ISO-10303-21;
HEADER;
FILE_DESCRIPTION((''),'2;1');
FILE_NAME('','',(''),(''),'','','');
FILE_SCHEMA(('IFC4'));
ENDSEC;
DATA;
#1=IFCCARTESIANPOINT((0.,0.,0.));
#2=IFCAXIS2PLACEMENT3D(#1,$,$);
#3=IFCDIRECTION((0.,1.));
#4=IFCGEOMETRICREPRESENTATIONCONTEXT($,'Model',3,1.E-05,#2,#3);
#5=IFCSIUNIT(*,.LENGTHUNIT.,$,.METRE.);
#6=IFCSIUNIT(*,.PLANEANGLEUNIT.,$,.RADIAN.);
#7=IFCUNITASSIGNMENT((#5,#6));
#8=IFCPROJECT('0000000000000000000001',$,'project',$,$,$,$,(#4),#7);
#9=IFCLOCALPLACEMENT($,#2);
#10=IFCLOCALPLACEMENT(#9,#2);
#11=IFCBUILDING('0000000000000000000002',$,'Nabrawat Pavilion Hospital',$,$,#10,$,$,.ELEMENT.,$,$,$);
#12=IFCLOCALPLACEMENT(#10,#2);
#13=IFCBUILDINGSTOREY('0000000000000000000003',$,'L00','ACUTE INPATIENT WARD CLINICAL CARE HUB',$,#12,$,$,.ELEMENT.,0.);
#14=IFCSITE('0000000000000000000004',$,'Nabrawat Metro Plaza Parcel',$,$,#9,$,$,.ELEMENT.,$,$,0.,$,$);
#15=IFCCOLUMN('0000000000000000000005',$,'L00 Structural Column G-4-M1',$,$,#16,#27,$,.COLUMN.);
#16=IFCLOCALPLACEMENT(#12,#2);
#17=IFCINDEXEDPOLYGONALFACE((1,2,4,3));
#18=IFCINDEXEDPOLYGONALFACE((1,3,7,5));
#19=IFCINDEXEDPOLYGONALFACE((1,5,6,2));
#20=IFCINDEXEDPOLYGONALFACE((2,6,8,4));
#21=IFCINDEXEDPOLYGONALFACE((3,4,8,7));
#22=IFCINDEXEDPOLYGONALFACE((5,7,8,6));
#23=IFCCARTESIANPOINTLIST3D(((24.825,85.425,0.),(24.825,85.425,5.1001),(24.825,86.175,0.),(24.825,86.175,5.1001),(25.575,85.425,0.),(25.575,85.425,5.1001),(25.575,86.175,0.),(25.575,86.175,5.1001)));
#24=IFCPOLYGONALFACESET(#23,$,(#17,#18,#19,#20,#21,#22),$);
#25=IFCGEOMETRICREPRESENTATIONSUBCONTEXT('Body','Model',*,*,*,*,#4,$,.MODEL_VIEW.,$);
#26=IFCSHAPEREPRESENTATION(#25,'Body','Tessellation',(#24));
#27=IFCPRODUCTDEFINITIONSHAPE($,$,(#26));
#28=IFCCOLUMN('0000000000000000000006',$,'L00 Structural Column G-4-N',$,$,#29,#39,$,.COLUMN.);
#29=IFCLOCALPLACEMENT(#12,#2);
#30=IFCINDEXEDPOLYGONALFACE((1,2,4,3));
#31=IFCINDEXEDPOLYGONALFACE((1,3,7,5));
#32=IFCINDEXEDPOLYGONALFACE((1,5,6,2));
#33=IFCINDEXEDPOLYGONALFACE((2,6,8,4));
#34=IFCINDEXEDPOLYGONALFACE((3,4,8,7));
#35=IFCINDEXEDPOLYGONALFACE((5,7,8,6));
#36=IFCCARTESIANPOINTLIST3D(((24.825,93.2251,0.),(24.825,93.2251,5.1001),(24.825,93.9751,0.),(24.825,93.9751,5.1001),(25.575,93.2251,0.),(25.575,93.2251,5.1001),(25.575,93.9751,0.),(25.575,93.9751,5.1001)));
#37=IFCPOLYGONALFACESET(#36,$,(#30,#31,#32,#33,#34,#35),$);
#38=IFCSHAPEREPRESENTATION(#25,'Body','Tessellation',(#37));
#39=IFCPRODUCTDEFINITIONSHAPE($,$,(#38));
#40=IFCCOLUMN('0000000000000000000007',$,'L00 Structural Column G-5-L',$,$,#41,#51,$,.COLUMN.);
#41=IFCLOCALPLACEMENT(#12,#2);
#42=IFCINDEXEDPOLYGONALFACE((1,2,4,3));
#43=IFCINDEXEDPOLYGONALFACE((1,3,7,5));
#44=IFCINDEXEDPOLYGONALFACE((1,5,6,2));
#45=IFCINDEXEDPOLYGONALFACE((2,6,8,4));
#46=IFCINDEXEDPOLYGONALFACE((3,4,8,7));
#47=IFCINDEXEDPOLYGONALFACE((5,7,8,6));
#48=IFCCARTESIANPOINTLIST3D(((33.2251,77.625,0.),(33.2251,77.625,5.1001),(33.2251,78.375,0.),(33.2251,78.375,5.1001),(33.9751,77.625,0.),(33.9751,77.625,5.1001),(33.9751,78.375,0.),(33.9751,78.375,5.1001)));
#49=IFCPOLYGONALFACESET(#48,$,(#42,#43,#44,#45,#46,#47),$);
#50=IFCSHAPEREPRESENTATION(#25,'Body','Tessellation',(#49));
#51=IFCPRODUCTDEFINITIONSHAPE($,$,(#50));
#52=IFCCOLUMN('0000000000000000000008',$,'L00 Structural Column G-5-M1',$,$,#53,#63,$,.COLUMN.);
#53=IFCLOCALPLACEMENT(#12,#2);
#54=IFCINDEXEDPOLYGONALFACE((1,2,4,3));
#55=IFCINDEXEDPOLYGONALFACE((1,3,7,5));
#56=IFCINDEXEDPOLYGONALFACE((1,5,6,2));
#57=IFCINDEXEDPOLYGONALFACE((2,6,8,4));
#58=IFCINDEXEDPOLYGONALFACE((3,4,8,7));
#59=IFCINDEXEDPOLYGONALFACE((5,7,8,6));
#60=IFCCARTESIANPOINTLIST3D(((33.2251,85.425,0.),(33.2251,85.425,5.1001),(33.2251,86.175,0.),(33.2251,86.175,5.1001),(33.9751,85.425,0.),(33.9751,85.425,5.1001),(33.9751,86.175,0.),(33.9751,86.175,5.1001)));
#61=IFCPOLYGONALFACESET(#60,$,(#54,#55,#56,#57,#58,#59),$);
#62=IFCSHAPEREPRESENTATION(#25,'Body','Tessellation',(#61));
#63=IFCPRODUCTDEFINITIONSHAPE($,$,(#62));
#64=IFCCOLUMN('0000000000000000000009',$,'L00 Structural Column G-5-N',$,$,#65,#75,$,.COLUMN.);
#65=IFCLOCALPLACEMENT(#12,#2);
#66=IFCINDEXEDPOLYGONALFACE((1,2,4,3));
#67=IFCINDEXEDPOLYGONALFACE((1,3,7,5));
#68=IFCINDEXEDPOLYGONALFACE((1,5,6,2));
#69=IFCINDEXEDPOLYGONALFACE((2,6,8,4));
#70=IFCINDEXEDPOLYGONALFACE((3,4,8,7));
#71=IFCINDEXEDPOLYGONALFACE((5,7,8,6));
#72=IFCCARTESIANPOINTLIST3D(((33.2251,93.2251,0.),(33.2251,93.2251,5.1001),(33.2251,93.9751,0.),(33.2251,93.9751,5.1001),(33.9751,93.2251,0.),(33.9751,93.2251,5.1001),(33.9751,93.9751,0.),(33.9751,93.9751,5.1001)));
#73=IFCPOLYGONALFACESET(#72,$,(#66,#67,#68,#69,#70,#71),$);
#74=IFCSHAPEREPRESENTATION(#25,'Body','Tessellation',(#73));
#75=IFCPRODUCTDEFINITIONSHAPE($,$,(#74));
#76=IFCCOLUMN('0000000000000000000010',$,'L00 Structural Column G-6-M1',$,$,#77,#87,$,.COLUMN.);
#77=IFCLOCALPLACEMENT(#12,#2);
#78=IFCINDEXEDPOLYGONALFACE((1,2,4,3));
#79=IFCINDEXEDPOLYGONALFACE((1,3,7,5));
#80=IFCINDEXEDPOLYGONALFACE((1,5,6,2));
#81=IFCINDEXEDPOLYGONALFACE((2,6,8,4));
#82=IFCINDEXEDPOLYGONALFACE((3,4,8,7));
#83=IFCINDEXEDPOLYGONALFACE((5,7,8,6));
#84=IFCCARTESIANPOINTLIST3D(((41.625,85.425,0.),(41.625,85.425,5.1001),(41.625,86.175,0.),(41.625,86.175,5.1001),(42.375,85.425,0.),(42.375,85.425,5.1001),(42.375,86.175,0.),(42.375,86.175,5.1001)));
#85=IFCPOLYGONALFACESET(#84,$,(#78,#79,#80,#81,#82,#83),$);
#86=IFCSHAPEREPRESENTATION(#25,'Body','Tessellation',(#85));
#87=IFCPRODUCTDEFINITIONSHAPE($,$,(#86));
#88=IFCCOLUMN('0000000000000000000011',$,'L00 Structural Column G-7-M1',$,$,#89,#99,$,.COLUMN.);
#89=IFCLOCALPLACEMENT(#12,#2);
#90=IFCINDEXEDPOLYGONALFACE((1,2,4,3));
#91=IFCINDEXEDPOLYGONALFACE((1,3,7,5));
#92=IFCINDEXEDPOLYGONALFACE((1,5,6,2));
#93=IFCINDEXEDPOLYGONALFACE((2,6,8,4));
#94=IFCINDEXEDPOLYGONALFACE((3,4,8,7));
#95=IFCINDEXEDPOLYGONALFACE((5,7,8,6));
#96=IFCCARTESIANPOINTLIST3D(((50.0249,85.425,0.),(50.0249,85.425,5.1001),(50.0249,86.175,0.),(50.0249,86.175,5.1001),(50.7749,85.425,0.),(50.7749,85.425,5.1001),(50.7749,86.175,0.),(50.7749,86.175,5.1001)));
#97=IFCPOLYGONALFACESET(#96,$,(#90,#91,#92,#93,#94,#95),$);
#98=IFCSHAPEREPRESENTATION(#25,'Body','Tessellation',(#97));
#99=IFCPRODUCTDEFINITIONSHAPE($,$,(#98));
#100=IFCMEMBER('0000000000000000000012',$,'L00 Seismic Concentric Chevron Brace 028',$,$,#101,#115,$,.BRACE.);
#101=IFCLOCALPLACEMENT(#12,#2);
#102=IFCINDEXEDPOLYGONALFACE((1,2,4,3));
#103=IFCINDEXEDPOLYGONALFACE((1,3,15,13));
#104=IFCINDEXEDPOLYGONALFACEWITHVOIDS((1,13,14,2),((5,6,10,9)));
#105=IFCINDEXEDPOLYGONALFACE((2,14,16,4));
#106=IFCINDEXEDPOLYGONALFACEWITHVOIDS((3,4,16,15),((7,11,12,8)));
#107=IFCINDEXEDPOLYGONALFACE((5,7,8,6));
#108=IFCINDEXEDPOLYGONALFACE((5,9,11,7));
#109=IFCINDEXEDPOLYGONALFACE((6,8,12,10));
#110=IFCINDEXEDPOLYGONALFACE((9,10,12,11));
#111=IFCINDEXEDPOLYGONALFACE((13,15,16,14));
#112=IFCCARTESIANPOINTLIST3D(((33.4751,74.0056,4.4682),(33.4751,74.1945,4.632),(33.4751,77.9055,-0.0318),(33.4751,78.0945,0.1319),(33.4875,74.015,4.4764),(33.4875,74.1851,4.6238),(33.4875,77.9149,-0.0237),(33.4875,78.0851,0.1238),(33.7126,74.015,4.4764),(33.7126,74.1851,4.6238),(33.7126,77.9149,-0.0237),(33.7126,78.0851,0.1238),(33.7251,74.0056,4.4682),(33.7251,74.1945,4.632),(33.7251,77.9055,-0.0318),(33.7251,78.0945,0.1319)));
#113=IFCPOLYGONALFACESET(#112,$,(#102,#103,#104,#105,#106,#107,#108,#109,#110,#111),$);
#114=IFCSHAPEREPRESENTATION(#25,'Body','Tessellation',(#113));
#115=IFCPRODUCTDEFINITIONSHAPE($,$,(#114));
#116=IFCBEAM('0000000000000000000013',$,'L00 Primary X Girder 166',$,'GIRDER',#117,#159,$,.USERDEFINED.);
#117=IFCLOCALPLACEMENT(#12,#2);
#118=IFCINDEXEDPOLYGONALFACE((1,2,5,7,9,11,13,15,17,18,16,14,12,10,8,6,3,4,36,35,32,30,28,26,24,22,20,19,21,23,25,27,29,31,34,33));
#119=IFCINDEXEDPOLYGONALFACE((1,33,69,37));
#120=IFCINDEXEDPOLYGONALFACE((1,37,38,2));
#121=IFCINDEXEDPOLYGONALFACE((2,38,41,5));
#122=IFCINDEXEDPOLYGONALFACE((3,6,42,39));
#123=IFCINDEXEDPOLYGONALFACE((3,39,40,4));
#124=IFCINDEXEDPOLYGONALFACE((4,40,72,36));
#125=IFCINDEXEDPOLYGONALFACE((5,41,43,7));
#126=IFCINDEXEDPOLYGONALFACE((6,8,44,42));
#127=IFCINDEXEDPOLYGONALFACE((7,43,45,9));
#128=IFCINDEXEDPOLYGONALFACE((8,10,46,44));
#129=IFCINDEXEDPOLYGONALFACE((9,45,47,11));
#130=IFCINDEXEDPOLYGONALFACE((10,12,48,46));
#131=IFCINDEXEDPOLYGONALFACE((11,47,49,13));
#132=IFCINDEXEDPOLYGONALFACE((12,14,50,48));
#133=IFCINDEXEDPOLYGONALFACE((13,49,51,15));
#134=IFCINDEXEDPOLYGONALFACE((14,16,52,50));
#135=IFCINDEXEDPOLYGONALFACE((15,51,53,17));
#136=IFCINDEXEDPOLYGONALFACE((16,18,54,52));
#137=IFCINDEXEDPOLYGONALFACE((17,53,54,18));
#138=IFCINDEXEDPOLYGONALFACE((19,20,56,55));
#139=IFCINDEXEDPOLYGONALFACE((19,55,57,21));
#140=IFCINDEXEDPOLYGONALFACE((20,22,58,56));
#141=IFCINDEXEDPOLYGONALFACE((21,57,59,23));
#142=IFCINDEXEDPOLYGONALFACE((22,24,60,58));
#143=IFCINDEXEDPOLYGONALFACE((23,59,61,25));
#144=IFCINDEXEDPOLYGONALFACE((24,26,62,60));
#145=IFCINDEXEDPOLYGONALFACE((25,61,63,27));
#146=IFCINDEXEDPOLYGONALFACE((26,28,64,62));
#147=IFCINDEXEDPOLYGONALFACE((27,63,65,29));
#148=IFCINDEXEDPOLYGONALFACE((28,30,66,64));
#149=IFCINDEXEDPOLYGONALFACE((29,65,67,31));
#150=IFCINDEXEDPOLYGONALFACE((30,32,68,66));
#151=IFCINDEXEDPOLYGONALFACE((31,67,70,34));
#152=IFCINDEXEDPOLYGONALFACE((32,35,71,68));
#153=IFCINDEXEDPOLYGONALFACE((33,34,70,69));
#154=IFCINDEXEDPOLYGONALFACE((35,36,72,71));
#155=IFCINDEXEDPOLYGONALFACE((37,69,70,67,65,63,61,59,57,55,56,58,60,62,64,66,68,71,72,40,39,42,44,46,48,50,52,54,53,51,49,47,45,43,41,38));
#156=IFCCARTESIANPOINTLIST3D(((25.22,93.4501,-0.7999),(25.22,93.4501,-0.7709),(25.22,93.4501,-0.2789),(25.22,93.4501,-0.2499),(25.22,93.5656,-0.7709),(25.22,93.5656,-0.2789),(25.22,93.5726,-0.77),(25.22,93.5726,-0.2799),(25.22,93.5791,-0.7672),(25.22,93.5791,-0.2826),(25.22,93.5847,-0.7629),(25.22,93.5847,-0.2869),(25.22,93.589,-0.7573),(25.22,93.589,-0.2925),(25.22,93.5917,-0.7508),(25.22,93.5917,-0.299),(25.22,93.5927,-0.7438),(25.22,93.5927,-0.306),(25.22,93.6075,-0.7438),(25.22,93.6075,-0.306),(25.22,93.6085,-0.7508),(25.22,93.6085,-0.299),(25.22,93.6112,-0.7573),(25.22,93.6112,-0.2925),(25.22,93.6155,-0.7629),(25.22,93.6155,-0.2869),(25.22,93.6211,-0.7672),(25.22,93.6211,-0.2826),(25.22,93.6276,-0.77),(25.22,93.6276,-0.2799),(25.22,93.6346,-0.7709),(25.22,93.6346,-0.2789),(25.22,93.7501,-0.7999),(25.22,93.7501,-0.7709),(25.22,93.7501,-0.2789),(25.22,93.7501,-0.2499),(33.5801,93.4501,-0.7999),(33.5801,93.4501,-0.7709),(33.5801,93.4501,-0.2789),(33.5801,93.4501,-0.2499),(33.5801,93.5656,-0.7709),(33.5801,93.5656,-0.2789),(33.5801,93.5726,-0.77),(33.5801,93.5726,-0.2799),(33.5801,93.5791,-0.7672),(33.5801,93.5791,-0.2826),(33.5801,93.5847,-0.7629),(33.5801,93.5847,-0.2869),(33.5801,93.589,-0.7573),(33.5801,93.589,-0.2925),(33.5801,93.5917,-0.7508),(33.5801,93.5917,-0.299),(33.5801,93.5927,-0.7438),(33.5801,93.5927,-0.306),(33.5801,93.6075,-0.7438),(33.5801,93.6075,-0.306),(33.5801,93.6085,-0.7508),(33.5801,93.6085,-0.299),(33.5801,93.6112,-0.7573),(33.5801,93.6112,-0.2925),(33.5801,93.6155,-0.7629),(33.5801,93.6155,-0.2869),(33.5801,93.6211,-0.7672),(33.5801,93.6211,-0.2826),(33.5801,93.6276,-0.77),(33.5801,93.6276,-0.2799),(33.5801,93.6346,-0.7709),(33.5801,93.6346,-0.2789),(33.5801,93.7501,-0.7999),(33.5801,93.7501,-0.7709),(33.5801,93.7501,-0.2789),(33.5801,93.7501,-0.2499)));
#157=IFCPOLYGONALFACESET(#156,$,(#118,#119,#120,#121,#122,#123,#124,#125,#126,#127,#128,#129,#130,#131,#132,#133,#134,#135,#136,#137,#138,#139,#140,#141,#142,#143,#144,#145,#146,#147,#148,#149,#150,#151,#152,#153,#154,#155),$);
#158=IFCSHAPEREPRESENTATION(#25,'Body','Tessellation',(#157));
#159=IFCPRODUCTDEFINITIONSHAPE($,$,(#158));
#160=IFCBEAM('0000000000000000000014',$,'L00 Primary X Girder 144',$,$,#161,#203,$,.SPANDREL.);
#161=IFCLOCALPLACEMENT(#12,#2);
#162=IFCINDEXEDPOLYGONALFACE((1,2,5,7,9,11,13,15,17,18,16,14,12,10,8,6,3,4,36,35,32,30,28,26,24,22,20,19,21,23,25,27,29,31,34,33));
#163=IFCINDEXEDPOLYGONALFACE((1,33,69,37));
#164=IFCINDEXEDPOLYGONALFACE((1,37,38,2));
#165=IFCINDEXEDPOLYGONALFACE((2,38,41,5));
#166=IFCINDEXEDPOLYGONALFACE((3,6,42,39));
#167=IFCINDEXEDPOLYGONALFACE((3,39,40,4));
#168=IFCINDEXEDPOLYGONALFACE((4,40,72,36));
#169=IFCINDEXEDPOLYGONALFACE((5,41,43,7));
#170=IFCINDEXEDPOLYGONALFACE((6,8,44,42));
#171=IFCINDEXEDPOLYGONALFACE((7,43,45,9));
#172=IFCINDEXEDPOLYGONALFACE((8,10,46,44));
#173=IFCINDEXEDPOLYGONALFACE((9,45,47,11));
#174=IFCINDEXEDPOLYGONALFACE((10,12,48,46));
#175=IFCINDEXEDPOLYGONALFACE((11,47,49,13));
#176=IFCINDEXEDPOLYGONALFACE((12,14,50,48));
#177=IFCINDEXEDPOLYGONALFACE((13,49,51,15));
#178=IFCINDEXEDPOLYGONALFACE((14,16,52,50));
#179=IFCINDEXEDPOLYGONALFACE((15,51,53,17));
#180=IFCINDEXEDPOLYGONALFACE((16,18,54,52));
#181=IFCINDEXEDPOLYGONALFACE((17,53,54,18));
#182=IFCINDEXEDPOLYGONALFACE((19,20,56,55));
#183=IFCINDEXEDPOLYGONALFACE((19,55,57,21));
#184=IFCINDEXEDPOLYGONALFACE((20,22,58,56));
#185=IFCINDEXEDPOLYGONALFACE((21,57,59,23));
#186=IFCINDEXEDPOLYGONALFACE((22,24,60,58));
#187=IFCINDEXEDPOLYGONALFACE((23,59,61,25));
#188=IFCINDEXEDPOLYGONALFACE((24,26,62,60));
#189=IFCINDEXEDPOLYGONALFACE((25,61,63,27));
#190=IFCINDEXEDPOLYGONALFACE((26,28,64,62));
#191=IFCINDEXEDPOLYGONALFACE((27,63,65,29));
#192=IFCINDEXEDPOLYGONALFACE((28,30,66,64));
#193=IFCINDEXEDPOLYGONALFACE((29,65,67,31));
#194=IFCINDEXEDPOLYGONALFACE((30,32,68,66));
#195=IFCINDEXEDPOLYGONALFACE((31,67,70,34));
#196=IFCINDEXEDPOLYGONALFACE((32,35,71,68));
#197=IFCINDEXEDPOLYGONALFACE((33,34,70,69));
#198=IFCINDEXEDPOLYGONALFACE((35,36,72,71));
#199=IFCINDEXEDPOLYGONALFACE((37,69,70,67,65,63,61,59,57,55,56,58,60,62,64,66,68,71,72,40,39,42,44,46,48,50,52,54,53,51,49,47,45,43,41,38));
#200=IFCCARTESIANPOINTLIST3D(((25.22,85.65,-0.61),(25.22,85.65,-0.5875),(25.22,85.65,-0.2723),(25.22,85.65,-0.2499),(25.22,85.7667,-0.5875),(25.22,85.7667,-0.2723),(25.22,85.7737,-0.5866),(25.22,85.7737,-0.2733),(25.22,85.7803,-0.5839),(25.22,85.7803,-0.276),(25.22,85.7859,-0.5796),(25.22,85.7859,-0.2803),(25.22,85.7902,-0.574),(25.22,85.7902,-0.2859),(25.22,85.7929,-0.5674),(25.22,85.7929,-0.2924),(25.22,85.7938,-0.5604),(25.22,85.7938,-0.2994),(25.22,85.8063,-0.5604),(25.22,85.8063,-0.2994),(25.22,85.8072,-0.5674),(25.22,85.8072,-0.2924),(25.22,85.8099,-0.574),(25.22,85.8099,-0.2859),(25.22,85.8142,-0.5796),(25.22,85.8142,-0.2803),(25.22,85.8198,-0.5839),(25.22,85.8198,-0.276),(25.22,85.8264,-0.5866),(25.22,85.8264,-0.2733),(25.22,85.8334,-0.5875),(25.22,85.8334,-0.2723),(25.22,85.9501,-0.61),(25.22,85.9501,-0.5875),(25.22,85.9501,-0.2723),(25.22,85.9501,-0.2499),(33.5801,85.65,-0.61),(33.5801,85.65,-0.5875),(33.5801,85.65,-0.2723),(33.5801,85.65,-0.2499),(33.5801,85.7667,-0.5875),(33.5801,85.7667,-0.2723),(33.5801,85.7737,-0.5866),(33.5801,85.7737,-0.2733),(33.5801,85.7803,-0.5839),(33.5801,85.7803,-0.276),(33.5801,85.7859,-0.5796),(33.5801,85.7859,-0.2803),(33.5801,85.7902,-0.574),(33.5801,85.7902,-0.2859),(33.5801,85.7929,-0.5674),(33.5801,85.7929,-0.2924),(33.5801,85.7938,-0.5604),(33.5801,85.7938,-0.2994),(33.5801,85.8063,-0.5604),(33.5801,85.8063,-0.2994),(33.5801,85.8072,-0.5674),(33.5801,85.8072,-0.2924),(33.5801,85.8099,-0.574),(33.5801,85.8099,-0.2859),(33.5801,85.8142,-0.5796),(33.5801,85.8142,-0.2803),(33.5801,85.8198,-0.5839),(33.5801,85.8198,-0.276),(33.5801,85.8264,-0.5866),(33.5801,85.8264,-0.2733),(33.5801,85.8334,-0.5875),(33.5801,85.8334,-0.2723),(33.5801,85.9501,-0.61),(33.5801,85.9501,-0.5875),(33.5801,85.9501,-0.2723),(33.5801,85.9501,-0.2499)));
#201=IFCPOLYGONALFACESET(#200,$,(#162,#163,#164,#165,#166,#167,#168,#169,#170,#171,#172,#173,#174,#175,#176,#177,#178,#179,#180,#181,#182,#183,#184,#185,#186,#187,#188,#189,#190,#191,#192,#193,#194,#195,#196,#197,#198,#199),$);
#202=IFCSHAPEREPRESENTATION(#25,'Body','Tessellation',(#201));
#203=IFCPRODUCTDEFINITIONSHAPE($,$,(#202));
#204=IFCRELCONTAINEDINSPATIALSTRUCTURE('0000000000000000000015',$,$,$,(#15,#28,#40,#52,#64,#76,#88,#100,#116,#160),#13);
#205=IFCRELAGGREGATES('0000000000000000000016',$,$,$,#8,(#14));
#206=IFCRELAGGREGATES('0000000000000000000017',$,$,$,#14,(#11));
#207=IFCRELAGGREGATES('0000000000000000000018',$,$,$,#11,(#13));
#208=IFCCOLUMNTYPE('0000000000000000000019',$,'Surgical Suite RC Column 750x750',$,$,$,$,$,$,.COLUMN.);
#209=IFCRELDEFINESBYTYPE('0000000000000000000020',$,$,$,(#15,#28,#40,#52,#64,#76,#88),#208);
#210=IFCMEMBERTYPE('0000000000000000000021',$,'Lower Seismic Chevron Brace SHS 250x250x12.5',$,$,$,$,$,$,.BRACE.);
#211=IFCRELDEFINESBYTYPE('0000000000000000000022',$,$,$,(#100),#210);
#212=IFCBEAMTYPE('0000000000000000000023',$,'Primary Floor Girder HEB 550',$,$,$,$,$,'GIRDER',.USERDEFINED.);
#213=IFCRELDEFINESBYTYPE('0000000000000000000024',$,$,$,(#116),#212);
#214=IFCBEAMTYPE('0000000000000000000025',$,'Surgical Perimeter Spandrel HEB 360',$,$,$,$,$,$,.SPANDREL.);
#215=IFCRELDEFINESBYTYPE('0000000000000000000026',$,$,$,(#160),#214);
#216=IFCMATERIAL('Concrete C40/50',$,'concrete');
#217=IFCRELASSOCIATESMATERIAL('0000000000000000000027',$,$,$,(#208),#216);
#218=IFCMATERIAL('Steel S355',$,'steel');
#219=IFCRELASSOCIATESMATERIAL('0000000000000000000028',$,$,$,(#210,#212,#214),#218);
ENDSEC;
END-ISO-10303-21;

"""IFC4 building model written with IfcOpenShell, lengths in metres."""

from ifc_helpers import new_model, si_unit, direction, frame, origin, origin_2d, place, context, subcontext, project, spatial, rectangle, hollow_rectangle, i_section, extrude, material, material_profile, profile_set, type_object, element, save


model = new_model("IFC4")

# Units and contexts
model_context = context("Model", 3, precision=1e-05, world=origin(), true_north=direction((0.0, 1.0)))
body_context = subcontext(model_context, "Body", "Model", "MODEL_VIEW")
ifc_project = project(units=[si_unit("LENGTHUNIT", "METRE"), si_unit("PLANEANGLEUNIT", "RADIAN")], contexts=[model_context])

# Site, building, storey
site_placement = place(None, origin())
site = spatial("IfcSite", under=ifc_project, at=site_placement, Name="Nabrawat Metro Plaza Parcel", CompositionType="ELEMENT", RefElevation=0.0)
building_placement = place(site_placement, origin())
building = spatial("IfcBuilding", under=site, at=building_placement, Name="Nabrawat Pavilion Hospital", CompositionType="ELEMENT")
storey_placement = place(building_placement, origin())
storey = spatial("IfcBuildingStorey", under=building, at=storey_placement, Name="L00", Description="ACUTE INPATIENT WARD CLINICAL CARE HUB", CompositionType="ELEMENT", Elevation=0.0)

# Columns
ifc_material_1 = material(Name="Concrete C40/50", Category="concrete")
ifc_material_profile_1 = material_profile(ifc_material_1, rectangle(XDim=0.75, YDim=0.75, at=origin_2d()), Name="RC 750x750")
ifc_profile_set_1 = profile_set([ifc_material_profile_1], Name="Concrete C40/50")
column_type = type_object("IfcColumnType", Name="Surgical Suite RC Column 750x750", PredefinedType="COLUMN", material=ifc_profile_set_1)
for number, where, z_axis, x_axis, name in (
    (1, (25.2, 85.8, 0.0), (0.0, 0.0, 1.0), (1.0, 0.0, 0.0), "L00 Structural Column G-4-M1"),
    (2, (25.2, 93.6001, 0.0), (0.0, 0.0, 1.0), (1.0, 0.0, 0.0), "L00 Structural Column G-4-N"),
    (3, (33.6001, 78.0, 0.0), (0.0, 0.0, 1.0), (1.0, 0.0, 0.0), "L00 Structural Column G-5-L"),
    (4, (33.6001, 85.8, 0.0), (0.0, 0.0, 1.0), (1.0, 0.0, 0.0), "L00 Structural Column G-5-M1"),
    (5, (33.6001, 93.6001, 0.0), (0.0, 0.0, 1.0), (1.0, 0.0, 0.0), "L00 Structural Column G-5-N"),
    (6, (42.0, 85.8, 0.0), (0.0, 0.0, 1.0), (1.0, 0.0, 0.0), "L00 Structural Column G-6-M1"),
    (7, (50.3999, 85.8, 0.0), (0.0, 0.0, 1.0), (1.0, 0.0, 0.0), "L00 Structural Column G-7-M1"),
):
    element("IfcColumn", number, at=place(storey_placement, frame(where, z_axis=z_axis, x_axis=x_axis)), inside=storey, type_object=column_type, Name=name, PredefinedType="COLUMN", context=body_context, shape_type="SweptSolid", body=[
        extrude(rectangle(XDim=0.75, YDim=0.75, at=origin_2d()), origin(), (0.0, 0.0, 1.0), 5.1001),
    ])

# Member
ifc_material_2 = material(Name="Steel S355", Category="steel")
ifc_material_profile_2 = material_profile(ifc_material_2, hollow_rectangle(XDim=0.25, YDim=0.25, WallThickness=0.0125, at=origin_2d()), Name="SHS 250x250x12.5")
ifc_profile_set_2 = profile_set([ifc_material_profile_2], Name="Steel S355")
member_type = type_object("IfcMemberType", Name="Lower Seismic Chevron Brace SHS 250x250x12.5", PredefinedType="BRACE", material=ifc_profile_set_2)
member_placement = place(storey_placement, frame((33.6001, 78.0, 0.05), z_axis=(0.0, -0.654921, 0.755697), x_axis=(1.0, 0.0, 0.0)))
element("IfcMember", 8, at=member_placement, inside=storey, type_object=member_type, Name="L00 Seismic Concentric Chevron Brace 028", PredefinedType="BRACE", context=body_context, shape_type="SweptSolid", body=[
    extrude(hollow_rectangle(XDim=0.25, YDim=0.25, WallThickness=0.0125, at=origin_2d()), origin(), (0.0, 0.0, 1.0), 5.9548),
])

# Beams
ifc_material_profile_3 = material_profile(ifc_material_2, i_section(OverallWidth=0.3, OverallDepth=0.55, WebThickness=0.0149, FlangeThickness=0.0291, FilletRadius=0.0271, at=origin_2d()), Name="HEB 550")
ifc_profile_set_3 = profile_set([ifc_material_profile_3], Name="Steel S355")
beam_type_1 = type_object("IfcBeamType", Name="Primary Floor Girder HEB 550", ElementType="GIRDER", PredefinedType="USERDEFINED", material=ifc_profile_set_3)
beam_1_placement = place(storey_placement, frame((25.22, 93.6001, -0.5249), z_axis=(1.0, 0.0, 0.0), x_axis=(0.0, 1.0, 0.0)))
element("IfcBeam", 9, at=beam_1_placement, inside=storey, type_object=beam_type_1, Name="L00 Primary X Girder 166", ObjectType="GIRDER", PredefinedType="USERDEFINED", context=body_context, shape_type="SweptSolid", body=[
    extrude(i_section(OverallWidth=0.3, OverallDepth=0.55, WebThickness=0.0149, FlangeThickness=0.0291, FilletRadius=0.0271, at=origin_2d()), origin(), (0.0, 0.0, 1.0), 8.3601),
])
ifc_material_profile_4 = material_profile(ifc_material_2, i_section(OverallWidth=0.3, OverallDepth=0.3601, WebThickness=0.0125, FlangeThickness=0.0225, FilletRadius=0.0271, at=origin_2d()), Name="HEB 360")
ifc_profile_set_4 = profile_set([ifc_material_profile_4], Name="Steel S355")
beam_type_2 = type_object("IfcBeamType", Name="Surgical Perimeter Spandrel HEB 360", PredefinedType="SPANDREL", material=ifc_profile_set_4)
beam_2_placement = place(storey_placement, frame((25.22, 85.8, -0.4299), z_axis=(1.0, 0.0, 0.0), x_axis=(0.0, 1.0, 0.0)))
element("IfcBeam", 10, at=beam_2_placement, inside=storey, type_object=beam_type_2, Name="L00 Primary X Girder 144", PredefinedType="SPANDREL", context=body_context, shape_type="SweptSolid", body=[
    extrude(i_section(OverallWidth=0.3, OverallDepth=0.3601, WebThickness=0.0125, FlangeThickness=0.0225, FilletRadius=0.0271, at=origin_2d()), origin(), (0.0, 0.0, 1.0), 8.3601),
])

save(model, "model.ifc")
